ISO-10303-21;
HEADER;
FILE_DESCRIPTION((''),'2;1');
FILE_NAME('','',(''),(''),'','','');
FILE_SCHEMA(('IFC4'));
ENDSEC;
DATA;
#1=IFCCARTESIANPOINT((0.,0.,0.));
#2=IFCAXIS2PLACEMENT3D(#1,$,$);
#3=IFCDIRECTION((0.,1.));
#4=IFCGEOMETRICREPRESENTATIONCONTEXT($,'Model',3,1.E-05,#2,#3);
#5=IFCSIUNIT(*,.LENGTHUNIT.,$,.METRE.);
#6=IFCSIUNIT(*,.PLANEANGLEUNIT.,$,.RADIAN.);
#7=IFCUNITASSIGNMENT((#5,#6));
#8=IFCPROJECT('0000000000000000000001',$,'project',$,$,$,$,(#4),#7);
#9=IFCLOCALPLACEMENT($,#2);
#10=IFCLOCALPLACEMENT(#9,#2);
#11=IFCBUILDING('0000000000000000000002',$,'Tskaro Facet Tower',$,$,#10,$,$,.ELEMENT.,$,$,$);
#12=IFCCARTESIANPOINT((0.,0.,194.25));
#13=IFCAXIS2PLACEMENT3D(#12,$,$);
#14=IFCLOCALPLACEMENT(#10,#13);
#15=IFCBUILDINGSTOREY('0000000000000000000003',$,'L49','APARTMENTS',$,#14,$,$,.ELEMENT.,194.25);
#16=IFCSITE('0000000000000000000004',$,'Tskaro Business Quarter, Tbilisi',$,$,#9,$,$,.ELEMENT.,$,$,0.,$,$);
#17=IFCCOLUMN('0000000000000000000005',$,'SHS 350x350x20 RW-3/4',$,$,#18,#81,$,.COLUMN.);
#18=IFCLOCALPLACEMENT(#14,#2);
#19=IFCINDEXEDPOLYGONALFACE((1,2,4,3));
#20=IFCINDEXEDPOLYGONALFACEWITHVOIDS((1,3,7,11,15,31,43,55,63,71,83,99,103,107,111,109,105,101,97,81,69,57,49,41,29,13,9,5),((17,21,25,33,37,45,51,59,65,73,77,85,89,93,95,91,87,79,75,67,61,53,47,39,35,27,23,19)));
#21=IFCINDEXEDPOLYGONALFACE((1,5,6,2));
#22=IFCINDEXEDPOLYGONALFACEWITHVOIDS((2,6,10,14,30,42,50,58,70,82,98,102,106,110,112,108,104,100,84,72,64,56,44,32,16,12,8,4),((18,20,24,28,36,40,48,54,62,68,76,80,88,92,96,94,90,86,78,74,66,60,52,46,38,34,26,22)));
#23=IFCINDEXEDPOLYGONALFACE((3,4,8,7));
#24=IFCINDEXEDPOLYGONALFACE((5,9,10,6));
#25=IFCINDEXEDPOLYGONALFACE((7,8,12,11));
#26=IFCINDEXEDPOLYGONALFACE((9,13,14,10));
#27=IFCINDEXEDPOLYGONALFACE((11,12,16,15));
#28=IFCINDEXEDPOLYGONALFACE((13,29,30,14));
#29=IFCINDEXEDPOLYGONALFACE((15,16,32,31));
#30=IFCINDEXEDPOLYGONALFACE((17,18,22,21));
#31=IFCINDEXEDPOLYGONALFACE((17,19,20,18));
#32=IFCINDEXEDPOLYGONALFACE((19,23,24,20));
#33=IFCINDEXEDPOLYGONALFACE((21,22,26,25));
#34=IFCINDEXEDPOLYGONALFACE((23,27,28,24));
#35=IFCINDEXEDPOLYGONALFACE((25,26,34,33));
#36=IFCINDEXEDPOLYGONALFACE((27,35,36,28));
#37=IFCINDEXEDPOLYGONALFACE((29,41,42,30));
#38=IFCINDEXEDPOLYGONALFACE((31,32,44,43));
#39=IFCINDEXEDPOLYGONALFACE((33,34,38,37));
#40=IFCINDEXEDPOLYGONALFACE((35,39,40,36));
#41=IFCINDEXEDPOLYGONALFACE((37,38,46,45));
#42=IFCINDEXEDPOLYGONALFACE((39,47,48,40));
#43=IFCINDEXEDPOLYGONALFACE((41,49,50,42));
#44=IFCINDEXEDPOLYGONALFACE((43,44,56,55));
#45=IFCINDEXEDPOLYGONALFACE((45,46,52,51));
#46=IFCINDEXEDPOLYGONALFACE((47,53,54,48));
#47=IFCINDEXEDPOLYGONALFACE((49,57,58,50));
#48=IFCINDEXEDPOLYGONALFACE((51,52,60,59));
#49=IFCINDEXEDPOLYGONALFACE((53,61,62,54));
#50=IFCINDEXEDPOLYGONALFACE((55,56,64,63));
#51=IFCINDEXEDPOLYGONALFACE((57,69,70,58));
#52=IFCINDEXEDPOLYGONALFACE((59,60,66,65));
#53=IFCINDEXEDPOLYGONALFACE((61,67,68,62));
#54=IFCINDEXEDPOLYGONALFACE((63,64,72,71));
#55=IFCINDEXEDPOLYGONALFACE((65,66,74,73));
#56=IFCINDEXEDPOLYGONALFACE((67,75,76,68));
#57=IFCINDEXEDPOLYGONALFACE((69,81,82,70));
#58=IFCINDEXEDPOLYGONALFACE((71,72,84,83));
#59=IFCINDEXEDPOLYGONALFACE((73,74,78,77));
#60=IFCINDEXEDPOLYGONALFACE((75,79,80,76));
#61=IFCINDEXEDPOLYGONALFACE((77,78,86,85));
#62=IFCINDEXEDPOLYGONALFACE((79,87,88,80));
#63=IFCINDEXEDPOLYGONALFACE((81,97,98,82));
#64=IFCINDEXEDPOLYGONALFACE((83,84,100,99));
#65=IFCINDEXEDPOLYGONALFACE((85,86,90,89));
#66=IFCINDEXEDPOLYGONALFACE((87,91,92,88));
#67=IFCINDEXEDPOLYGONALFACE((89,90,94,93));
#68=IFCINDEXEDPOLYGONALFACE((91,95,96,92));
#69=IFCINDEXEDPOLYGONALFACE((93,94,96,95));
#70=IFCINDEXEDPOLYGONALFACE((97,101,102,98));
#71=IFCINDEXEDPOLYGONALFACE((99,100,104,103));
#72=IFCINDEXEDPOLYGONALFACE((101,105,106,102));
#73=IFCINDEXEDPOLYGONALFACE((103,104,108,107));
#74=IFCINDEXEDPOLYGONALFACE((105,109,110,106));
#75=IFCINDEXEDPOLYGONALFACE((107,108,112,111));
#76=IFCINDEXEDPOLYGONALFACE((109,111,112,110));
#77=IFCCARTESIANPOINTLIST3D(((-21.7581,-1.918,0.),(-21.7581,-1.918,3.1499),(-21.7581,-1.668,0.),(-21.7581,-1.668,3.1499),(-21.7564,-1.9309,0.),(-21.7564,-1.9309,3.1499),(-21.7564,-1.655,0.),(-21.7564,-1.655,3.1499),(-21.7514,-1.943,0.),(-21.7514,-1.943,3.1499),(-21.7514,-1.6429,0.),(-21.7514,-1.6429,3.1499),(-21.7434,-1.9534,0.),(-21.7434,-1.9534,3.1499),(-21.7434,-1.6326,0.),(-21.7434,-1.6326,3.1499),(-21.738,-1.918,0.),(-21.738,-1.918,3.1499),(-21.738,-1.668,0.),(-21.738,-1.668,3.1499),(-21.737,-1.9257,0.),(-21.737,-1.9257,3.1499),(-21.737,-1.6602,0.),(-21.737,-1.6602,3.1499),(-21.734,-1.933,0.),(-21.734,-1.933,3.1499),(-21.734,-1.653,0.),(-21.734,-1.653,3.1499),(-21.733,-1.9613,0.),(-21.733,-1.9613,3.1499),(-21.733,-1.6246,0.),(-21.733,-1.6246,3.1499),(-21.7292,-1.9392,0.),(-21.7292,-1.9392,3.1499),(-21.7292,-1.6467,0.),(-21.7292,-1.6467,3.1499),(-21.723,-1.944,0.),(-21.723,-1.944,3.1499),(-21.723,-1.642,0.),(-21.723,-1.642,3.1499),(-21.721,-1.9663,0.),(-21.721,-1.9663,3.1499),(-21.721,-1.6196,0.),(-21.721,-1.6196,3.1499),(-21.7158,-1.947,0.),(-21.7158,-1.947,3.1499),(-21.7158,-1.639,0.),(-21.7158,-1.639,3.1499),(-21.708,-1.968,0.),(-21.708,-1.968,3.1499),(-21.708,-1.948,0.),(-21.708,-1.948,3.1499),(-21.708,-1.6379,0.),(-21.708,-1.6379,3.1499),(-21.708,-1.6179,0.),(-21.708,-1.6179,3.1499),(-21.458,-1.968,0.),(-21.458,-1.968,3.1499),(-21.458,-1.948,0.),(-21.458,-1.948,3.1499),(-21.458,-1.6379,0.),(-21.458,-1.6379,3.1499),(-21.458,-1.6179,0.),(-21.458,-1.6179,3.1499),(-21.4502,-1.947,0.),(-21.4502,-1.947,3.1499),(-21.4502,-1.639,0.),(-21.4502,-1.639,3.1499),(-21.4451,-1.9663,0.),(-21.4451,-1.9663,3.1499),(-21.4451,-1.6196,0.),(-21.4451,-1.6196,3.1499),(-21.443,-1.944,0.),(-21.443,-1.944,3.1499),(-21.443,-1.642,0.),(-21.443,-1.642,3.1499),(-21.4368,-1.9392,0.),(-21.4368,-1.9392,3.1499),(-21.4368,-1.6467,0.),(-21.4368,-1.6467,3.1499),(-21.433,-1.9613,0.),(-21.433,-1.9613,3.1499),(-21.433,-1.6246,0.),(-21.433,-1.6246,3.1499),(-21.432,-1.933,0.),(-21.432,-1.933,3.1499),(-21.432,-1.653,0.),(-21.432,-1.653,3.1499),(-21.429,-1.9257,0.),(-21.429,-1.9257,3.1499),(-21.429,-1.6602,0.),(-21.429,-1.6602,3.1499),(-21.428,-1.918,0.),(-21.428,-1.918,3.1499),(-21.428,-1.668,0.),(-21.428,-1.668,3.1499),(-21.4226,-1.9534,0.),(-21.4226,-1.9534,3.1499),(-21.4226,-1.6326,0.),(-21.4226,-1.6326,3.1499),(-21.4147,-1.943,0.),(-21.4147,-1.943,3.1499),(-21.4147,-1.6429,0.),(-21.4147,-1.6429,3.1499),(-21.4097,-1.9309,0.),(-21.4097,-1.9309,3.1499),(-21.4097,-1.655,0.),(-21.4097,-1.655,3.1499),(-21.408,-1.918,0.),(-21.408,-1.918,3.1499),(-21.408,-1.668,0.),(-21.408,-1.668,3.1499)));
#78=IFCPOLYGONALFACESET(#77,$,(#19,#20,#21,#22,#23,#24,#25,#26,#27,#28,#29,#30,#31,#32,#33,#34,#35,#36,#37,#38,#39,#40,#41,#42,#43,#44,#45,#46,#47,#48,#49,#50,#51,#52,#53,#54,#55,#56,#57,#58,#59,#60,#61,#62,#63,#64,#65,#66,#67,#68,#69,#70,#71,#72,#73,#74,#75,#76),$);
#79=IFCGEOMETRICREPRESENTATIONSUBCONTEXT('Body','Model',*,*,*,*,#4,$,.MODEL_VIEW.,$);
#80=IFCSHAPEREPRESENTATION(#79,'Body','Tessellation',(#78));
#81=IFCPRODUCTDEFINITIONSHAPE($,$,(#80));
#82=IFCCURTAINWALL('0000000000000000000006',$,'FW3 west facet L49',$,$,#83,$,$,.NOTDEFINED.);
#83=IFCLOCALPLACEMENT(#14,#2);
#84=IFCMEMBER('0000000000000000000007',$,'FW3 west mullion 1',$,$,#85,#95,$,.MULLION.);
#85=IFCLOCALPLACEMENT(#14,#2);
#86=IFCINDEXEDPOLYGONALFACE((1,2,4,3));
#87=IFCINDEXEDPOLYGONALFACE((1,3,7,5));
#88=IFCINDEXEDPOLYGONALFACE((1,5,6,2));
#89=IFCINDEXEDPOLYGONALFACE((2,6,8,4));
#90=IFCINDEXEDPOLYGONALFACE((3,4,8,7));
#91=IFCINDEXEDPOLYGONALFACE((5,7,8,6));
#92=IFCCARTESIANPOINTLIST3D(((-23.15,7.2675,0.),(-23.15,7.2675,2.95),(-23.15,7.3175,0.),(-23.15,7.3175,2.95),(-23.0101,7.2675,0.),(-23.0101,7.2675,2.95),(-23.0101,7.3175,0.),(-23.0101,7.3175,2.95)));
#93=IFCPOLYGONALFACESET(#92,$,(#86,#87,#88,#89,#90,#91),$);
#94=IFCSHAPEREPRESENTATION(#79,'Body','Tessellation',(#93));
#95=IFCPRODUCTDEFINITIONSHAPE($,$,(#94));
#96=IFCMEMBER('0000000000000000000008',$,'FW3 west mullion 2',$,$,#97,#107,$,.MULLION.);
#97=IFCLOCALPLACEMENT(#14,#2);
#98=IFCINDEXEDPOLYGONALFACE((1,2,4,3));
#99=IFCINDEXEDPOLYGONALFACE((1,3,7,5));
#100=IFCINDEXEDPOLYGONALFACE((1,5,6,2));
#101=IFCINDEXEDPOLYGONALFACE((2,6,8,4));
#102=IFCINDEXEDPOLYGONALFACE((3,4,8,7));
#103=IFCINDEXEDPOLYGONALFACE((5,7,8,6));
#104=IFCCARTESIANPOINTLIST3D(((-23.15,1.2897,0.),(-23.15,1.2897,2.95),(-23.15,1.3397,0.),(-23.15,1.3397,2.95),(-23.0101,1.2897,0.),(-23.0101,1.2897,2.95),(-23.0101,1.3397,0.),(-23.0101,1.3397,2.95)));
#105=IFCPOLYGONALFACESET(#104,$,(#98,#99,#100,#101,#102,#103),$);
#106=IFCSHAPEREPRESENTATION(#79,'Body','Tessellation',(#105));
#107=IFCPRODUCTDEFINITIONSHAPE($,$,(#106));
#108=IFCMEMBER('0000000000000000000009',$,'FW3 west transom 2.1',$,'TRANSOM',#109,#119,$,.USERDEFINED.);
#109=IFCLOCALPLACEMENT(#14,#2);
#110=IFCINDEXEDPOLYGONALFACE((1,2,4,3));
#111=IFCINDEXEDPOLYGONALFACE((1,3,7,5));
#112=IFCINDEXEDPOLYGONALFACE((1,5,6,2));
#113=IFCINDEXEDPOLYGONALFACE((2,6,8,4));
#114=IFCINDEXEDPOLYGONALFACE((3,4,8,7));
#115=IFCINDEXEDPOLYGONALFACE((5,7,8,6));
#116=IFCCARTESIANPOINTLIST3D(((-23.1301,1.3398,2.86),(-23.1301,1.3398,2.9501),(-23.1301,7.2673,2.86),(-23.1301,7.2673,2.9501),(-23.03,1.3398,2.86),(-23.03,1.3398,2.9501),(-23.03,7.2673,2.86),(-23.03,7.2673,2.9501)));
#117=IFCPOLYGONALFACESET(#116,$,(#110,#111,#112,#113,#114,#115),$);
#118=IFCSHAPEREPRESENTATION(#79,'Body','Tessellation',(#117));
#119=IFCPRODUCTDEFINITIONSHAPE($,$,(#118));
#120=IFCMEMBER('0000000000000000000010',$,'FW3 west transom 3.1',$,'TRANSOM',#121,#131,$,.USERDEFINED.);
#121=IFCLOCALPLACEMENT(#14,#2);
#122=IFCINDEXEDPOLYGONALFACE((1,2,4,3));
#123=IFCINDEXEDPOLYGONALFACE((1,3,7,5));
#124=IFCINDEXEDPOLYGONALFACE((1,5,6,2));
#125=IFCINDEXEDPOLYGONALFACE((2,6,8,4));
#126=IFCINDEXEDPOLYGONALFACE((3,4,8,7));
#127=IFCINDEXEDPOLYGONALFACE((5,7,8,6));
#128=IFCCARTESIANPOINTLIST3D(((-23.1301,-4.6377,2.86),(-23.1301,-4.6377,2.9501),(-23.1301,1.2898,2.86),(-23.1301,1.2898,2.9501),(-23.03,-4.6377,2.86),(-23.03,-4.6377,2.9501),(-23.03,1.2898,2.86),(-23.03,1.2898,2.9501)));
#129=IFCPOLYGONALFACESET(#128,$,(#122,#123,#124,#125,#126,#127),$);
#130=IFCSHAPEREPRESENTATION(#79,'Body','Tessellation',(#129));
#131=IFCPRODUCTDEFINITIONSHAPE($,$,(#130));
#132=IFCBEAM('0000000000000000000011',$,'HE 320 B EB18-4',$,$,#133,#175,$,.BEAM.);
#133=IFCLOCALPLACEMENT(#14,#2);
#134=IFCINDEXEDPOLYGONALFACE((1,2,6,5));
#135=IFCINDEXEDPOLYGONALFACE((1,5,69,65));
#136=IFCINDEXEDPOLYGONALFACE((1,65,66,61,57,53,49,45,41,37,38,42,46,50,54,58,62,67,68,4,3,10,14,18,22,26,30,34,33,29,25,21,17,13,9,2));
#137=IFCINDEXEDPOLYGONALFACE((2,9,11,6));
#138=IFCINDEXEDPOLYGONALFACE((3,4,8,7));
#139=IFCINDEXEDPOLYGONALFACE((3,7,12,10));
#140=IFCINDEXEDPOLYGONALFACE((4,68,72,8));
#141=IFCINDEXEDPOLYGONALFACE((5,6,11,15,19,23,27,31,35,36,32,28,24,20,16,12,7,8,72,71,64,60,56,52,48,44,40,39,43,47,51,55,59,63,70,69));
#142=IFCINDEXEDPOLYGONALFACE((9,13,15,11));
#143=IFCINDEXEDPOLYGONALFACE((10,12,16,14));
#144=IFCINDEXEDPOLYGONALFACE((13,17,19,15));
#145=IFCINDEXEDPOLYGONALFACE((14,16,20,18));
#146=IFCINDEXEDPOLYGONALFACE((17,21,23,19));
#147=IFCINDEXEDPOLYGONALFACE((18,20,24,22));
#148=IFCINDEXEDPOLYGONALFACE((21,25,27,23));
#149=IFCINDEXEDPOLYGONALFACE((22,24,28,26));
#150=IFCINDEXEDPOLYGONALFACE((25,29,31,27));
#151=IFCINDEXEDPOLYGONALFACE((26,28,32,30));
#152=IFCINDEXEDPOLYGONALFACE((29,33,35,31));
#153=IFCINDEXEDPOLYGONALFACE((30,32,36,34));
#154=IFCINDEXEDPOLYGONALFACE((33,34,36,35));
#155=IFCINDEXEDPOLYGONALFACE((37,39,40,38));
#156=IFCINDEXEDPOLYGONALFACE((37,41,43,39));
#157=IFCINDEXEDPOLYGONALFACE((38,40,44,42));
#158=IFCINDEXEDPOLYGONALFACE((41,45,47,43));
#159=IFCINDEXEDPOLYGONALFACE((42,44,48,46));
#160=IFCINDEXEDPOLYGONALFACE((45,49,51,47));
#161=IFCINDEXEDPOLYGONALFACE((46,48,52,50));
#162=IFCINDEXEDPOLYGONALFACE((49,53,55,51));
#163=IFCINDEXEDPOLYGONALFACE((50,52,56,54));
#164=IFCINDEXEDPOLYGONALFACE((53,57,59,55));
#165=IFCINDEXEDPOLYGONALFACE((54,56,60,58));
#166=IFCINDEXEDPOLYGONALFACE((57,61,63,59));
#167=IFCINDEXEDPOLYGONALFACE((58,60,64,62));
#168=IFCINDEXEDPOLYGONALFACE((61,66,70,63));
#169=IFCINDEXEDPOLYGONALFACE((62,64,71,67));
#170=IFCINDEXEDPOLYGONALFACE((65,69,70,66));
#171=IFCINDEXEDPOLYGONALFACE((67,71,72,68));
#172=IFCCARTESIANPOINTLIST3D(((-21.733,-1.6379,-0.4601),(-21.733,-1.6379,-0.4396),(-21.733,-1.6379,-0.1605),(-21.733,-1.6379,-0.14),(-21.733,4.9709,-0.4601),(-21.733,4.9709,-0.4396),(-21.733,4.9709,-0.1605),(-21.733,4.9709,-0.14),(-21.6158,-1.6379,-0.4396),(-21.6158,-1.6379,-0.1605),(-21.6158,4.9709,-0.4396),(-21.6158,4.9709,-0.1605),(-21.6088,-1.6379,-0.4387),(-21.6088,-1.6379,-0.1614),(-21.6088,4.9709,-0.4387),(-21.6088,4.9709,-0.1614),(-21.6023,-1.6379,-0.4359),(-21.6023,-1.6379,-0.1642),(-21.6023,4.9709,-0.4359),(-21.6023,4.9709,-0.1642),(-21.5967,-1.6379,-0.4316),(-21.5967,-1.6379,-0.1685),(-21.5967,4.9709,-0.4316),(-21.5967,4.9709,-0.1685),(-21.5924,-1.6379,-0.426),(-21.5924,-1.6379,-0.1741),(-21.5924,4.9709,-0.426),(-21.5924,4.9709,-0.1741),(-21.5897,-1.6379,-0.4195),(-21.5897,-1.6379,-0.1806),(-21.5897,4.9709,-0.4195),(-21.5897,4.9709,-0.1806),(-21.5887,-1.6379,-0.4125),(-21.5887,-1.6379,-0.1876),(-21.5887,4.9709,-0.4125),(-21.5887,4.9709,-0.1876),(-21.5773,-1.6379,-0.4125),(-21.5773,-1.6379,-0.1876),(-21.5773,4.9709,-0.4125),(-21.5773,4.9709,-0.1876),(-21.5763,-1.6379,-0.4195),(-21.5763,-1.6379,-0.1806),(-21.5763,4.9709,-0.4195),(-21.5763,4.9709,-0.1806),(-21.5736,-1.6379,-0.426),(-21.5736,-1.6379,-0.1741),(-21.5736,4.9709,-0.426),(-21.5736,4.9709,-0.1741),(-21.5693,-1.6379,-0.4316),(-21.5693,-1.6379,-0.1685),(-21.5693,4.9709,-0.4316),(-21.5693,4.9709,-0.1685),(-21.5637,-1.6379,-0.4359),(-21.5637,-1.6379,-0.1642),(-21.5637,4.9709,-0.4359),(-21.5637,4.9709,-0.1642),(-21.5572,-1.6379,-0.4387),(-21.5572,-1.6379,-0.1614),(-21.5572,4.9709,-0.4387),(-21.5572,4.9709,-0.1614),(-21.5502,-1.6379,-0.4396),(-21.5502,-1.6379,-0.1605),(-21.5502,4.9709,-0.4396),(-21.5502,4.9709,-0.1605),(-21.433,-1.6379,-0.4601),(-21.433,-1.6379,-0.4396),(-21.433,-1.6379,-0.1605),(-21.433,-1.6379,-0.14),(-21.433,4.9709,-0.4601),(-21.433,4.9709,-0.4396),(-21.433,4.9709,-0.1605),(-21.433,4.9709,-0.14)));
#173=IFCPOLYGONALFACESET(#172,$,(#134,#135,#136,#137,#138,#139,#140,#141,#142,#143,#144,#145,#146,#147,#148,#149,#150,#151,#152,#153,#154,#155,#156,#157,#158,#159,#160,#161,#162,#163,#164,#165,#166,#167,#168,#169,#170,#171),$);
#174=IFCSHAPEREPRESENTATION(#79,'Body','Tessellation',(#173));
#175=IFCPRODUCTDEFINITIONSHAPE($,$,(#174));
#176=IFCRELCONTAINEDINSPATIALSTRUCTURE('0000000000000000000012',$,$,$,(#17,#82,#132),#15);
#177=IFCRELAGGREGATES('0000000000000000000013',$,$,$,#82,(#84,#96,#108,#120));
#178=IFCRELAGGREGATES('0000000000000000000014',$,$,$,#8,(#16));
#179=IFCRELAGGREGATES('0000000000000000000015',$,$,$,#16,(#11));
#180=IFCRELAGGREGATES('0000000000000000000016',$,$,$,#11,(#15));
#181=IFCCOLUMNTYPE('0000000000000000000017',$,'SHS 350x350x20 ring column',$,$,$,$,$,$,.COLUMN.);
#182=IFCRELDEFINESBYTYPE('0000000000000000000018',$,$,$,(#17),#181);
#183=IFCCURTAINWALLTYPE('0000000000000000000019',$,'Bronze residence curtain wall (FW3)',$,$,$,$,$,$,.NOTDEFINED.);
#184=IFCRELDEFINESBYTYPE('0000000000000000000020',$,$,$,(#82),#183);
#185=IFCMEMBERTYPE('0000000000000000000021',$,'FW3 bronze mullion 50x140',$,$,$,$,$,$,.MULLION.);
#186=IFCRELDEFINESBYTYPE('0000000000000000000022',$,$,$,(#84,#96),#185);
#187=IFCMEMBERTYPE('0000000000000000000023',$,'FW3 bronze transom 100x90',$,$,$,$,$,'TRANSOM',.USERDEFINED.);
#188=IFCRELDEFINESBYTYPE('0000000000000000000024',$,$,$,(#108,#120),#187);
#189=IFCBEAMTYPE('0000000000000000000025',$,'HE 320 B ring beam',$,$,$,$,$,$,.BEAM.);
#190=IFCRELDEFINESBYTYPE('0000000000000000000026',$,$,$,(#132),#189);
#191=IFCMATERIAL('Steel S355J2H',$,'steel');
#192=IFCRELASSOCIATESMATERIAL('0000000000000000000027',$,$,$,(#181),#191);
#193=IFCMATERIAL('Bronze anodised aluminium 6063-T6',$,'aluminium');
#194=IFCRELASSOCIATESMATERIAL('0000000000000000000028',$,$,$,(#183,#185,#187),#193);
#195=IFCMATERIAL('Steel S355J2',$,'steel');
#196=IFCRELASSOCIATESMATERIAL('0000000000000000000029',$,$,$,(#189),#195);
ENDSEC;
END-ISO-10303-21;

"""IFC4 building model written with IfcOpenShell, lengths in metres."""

from ifc_helpers import new_model, si_unit, direction, frame, origin, origin_2d, place, context, subcontext, project, spatial, rectangle, hollow_rectangle, i_section, extrude, material, material_profile, profile_set, type_object, element, aggregate, save


model = new_model("IFC4")

# Units and contexts
model_context = context("Model", 3, precision=1e-05, world=origin(), true_north=direction((0.0, 1.0)))
body_context = subcontext(model_context, "Body", "Model", "MODEL_VIEW")
ifc_project = project(units=[si_unit("LENGTHUNIT", "METRE"), si_unit("PLANEANGLEUNIT", "RADIAN")], contexts=[model_context])

# Site, building, storey
site_placement = place(None, origin())
site = spatial("IfcSite", under=ifc_project, at=site_placement, Name="Tskaro Business Quarter, Tbilisi", CompositionType="ELEMENT", RefElevation=0.0)
building_placement = place(site_placement, origin())
building = spatial("IfcBuilding", under=site, at=building_placement, Name="Tskaro Facet Tower", CompositionType="ELEMENT")
storey_placement = place(building_placement, frame((0.0, 0.0, 194.25)))
storey = spatial("IfcBuildingStorey", under=building, at=storey_placement, Name="L49", Description="APARTMENTS", CompositionType="ELEMENT", Elevation=194.25)

# Column
ifc_material_1 = material(Name="Steel S355J2H", Category="steel")
ifc_material_profile_1 = material_profile(ifc_material_1, hollow_rectangle(XDim=0.3501, YDim=0.3501, WallThickness=0.02, InnerFilletRadius=0.03, OuterFilletRadius=0.05, at=origin_2d()), Name="SHS 350x350x20")
ifc_profile_set_1 = profile_set([ifc_material_profile_1], Name="Steel S355J2H")
column_type_1 = type_object("IfcColumnType", Name="SHS 350x350x20 ring column", PredefinedType="COLUMN", material=ifc_profile_set_1)
for number, where, z_axis, x_axis, name in (
    (1, (-21.583, -1.793, 0.0), (0.0, 0.0, 1.0), (1.0, 0.0, 0.0), "SHS 350x350x20 RW-3/4"),
):
    element("IfcColumn", number, at=place(storey_placement, frame(where, z_axis=z_axis, x_axis=x_axis)), inside=storey, type_object=column_type_1, Name=name, PredefinedType="COLUMN", context=body_context, shape_type="SweptSolid", body=[
        extrude(hollow_rectangle(XDim=0.3501, YDim=0.3501, WallThickness=0.02, InnerFilletRadius=0.03, OuterFilletRadius=0.05, at=origin_2d()), origin(), (0.0, 0.0, 1.0), 3.1499),
    ])

# Curtain wall, members
ifc_material_2 = material(Name="Bronze anodised aluminium 6063-T6", Category="aluminium")
curtain_wall_type = type_object("IfcCurtainWallType", Name="Bronze residence curtain wall (FW3)", PredefinedType="NOTDEFINED", material=ifc_material_2)
curtain_wall_placement = place(storey_placement, origin())
curtain_wall = element("IfcCurtainWall", 2, at=curtain_wall_placement, inside=storey, type_object=curtain_wall_type, Name="FW3 west facet L49", PredefinedType="NOTDEFINED")
ifc_material_profile_2 = material_profile(ifc_material_2, rectangle(XDim=0.05, YDim=0.1399, at=origin_2d()), Name="Mullion 50x140")
ifc_profile_set_2 = profile_set([ifc_material_profile_2], Name="Bronze anodised aluminium 6063-T6")
member_type_1 = type_object("IfcMemberType", Name="FW3 bronze mullion 50x140", PredefinedType="MULLION", material=ifc_profile_set_2)
member_1_placement = place(storey_placement, frame((-23.0801, 7.2925, 0.0), z_axis=(0.0, 0.0, 1.0), x_axis=(0.0, -1.0, 0.0)))
member_1 = element("IfcMember", 3, at=member_1_placement, type_object=member_type_1, Name="FW3 west mullion 1", PredefinedType="MULLION", context=body_context, shape_type="SweptSolid", body=[
    extrude(rectangle(XDim=0.05, YDim=0.1399, at=origin_2d()), origin(), (0.0, 0.0, 1.0), 2.95),
])
member_2_placement = place(storey_placement, frame((-23.0801, 1.3147, 0.0), z_axis=(0.0, 0.0, 1.0), x_axis=(0.0, -1.0, 0.0)))
member_2 = element("IfcMember", 4, at=member_2_placement, type_object=member_type_1, Name="FW3 west mullion 2", PredefinedType="MULLION", context=body_context, shape_type="SweptSolid", body=[
    extrude(rectangle(XDim=0.05, YDim=0.1399, at=origin_2d()), origin(), (0.0, 0.0, 1.0), 2.95),
])
ifc_material_profile_3 = material_profile(ifc_material_2, rectangle(XDim=0.1001, YDim=0.0901, at=origin_2d()), Name="Transom 100x90")
ifc_profile_set_3 = profile_set([ifc_material_profile_3], Name="Bronze anodised aluminium 6063-T6")
member_type_2 = type_object("IfcMemberType", Name="FW3 bronze transom 100x90", ElementType="TRANSOM", PredefinedType="USERDEFINED", material=ifc_profile_set_3)
member_3_placement = place(storey_placement, frame((-23.0801, 7.2673, 2.905), z_axis=(0.0, -1.0, 0.0), x_axis=(1.0, 0.0, 0.0)))
member_3 = element("IfcMember", 5, at=member_3_placement, type_object=member_type_2, Name="FW3 west transom 2.1", ObjectType="TRANSOM", PredefinedType="USERDEFINED", context=body_context, shape_type="SweptSolid", body=[
    extrude(rectangle(XDim=0.1001, YDim=0.0901, at=origin_2d()), origin(), (0.0, 0.0, 1.0), 5.9275),
])
member_4_placement = place(storey_placement, frame((-23.0801, 1.2898, 2.905), z_axis=(0.0, -1.0, 0.0), x_axis=(1.0, 0.0, 0.0)))
member_4 = element("IfcMember", 6, at=member_4_placement, type_object=member_type_2, Name="FW3 west transom 3.1", ObjectType="TRANSOM", PredefinedType="USERDEFINED", context=body_context, shape_type="SweptSolid", body=[
    extrude(rectangle(XDim=0.1001, YDim=0.0901, at=origin_2d()), origin(), (0.0, 0.0, 1.0), 5.9275),
])

# Beam
ifc_material_3 = material(Name="Steel S355J2", Category="steel")
ifc_material_profile_4 = material_profile(ifc_material_3, i_section(OverallWidth=0.3, OverallDepth=0.3201, WebThickness=0.0115, FlangeThickness=0.0205, FilletRadius=0.0271, at=origin_2d()), Name="HE 320 B")
ifc_profile_set_4 = profile_set([ifc_material_profile_4], Name="Steel S355J2")
beam_type_1 = type_object("IfcBeamType", Name="HE 320 B ring beam", PredefinedType="BEAM", material=ifc_profile_set_4)
beam_1_placement = place(storey_placement, frame((-21.583, 4.9709, -0.3), z_axis=(0.0, -1.0, 0.0), x_axis=(1.0, 0.0, 0.0)))
element("IfcBeam", 7, at=beam_1_placement, inside=storey, type_object=beam_type_1, Name="HE 320 B EB18-4", PredefinedType="BEAM", context=body_context, shape_type="SweptSolid", body=[
    extrude(i_section(OverallWidth=0.3, OverallDepth=0.3201, WebThickness=0.0115, FlangeThickness=0.0205, FilletRadius=0.0271, at=origin_2d()), origin(), (0.0, 0.0, 1.0), 6.6089),
])

aggregate(curtain_wall, [member_1, member_2, member_3, member_4])

save(model, "model.ifc")
